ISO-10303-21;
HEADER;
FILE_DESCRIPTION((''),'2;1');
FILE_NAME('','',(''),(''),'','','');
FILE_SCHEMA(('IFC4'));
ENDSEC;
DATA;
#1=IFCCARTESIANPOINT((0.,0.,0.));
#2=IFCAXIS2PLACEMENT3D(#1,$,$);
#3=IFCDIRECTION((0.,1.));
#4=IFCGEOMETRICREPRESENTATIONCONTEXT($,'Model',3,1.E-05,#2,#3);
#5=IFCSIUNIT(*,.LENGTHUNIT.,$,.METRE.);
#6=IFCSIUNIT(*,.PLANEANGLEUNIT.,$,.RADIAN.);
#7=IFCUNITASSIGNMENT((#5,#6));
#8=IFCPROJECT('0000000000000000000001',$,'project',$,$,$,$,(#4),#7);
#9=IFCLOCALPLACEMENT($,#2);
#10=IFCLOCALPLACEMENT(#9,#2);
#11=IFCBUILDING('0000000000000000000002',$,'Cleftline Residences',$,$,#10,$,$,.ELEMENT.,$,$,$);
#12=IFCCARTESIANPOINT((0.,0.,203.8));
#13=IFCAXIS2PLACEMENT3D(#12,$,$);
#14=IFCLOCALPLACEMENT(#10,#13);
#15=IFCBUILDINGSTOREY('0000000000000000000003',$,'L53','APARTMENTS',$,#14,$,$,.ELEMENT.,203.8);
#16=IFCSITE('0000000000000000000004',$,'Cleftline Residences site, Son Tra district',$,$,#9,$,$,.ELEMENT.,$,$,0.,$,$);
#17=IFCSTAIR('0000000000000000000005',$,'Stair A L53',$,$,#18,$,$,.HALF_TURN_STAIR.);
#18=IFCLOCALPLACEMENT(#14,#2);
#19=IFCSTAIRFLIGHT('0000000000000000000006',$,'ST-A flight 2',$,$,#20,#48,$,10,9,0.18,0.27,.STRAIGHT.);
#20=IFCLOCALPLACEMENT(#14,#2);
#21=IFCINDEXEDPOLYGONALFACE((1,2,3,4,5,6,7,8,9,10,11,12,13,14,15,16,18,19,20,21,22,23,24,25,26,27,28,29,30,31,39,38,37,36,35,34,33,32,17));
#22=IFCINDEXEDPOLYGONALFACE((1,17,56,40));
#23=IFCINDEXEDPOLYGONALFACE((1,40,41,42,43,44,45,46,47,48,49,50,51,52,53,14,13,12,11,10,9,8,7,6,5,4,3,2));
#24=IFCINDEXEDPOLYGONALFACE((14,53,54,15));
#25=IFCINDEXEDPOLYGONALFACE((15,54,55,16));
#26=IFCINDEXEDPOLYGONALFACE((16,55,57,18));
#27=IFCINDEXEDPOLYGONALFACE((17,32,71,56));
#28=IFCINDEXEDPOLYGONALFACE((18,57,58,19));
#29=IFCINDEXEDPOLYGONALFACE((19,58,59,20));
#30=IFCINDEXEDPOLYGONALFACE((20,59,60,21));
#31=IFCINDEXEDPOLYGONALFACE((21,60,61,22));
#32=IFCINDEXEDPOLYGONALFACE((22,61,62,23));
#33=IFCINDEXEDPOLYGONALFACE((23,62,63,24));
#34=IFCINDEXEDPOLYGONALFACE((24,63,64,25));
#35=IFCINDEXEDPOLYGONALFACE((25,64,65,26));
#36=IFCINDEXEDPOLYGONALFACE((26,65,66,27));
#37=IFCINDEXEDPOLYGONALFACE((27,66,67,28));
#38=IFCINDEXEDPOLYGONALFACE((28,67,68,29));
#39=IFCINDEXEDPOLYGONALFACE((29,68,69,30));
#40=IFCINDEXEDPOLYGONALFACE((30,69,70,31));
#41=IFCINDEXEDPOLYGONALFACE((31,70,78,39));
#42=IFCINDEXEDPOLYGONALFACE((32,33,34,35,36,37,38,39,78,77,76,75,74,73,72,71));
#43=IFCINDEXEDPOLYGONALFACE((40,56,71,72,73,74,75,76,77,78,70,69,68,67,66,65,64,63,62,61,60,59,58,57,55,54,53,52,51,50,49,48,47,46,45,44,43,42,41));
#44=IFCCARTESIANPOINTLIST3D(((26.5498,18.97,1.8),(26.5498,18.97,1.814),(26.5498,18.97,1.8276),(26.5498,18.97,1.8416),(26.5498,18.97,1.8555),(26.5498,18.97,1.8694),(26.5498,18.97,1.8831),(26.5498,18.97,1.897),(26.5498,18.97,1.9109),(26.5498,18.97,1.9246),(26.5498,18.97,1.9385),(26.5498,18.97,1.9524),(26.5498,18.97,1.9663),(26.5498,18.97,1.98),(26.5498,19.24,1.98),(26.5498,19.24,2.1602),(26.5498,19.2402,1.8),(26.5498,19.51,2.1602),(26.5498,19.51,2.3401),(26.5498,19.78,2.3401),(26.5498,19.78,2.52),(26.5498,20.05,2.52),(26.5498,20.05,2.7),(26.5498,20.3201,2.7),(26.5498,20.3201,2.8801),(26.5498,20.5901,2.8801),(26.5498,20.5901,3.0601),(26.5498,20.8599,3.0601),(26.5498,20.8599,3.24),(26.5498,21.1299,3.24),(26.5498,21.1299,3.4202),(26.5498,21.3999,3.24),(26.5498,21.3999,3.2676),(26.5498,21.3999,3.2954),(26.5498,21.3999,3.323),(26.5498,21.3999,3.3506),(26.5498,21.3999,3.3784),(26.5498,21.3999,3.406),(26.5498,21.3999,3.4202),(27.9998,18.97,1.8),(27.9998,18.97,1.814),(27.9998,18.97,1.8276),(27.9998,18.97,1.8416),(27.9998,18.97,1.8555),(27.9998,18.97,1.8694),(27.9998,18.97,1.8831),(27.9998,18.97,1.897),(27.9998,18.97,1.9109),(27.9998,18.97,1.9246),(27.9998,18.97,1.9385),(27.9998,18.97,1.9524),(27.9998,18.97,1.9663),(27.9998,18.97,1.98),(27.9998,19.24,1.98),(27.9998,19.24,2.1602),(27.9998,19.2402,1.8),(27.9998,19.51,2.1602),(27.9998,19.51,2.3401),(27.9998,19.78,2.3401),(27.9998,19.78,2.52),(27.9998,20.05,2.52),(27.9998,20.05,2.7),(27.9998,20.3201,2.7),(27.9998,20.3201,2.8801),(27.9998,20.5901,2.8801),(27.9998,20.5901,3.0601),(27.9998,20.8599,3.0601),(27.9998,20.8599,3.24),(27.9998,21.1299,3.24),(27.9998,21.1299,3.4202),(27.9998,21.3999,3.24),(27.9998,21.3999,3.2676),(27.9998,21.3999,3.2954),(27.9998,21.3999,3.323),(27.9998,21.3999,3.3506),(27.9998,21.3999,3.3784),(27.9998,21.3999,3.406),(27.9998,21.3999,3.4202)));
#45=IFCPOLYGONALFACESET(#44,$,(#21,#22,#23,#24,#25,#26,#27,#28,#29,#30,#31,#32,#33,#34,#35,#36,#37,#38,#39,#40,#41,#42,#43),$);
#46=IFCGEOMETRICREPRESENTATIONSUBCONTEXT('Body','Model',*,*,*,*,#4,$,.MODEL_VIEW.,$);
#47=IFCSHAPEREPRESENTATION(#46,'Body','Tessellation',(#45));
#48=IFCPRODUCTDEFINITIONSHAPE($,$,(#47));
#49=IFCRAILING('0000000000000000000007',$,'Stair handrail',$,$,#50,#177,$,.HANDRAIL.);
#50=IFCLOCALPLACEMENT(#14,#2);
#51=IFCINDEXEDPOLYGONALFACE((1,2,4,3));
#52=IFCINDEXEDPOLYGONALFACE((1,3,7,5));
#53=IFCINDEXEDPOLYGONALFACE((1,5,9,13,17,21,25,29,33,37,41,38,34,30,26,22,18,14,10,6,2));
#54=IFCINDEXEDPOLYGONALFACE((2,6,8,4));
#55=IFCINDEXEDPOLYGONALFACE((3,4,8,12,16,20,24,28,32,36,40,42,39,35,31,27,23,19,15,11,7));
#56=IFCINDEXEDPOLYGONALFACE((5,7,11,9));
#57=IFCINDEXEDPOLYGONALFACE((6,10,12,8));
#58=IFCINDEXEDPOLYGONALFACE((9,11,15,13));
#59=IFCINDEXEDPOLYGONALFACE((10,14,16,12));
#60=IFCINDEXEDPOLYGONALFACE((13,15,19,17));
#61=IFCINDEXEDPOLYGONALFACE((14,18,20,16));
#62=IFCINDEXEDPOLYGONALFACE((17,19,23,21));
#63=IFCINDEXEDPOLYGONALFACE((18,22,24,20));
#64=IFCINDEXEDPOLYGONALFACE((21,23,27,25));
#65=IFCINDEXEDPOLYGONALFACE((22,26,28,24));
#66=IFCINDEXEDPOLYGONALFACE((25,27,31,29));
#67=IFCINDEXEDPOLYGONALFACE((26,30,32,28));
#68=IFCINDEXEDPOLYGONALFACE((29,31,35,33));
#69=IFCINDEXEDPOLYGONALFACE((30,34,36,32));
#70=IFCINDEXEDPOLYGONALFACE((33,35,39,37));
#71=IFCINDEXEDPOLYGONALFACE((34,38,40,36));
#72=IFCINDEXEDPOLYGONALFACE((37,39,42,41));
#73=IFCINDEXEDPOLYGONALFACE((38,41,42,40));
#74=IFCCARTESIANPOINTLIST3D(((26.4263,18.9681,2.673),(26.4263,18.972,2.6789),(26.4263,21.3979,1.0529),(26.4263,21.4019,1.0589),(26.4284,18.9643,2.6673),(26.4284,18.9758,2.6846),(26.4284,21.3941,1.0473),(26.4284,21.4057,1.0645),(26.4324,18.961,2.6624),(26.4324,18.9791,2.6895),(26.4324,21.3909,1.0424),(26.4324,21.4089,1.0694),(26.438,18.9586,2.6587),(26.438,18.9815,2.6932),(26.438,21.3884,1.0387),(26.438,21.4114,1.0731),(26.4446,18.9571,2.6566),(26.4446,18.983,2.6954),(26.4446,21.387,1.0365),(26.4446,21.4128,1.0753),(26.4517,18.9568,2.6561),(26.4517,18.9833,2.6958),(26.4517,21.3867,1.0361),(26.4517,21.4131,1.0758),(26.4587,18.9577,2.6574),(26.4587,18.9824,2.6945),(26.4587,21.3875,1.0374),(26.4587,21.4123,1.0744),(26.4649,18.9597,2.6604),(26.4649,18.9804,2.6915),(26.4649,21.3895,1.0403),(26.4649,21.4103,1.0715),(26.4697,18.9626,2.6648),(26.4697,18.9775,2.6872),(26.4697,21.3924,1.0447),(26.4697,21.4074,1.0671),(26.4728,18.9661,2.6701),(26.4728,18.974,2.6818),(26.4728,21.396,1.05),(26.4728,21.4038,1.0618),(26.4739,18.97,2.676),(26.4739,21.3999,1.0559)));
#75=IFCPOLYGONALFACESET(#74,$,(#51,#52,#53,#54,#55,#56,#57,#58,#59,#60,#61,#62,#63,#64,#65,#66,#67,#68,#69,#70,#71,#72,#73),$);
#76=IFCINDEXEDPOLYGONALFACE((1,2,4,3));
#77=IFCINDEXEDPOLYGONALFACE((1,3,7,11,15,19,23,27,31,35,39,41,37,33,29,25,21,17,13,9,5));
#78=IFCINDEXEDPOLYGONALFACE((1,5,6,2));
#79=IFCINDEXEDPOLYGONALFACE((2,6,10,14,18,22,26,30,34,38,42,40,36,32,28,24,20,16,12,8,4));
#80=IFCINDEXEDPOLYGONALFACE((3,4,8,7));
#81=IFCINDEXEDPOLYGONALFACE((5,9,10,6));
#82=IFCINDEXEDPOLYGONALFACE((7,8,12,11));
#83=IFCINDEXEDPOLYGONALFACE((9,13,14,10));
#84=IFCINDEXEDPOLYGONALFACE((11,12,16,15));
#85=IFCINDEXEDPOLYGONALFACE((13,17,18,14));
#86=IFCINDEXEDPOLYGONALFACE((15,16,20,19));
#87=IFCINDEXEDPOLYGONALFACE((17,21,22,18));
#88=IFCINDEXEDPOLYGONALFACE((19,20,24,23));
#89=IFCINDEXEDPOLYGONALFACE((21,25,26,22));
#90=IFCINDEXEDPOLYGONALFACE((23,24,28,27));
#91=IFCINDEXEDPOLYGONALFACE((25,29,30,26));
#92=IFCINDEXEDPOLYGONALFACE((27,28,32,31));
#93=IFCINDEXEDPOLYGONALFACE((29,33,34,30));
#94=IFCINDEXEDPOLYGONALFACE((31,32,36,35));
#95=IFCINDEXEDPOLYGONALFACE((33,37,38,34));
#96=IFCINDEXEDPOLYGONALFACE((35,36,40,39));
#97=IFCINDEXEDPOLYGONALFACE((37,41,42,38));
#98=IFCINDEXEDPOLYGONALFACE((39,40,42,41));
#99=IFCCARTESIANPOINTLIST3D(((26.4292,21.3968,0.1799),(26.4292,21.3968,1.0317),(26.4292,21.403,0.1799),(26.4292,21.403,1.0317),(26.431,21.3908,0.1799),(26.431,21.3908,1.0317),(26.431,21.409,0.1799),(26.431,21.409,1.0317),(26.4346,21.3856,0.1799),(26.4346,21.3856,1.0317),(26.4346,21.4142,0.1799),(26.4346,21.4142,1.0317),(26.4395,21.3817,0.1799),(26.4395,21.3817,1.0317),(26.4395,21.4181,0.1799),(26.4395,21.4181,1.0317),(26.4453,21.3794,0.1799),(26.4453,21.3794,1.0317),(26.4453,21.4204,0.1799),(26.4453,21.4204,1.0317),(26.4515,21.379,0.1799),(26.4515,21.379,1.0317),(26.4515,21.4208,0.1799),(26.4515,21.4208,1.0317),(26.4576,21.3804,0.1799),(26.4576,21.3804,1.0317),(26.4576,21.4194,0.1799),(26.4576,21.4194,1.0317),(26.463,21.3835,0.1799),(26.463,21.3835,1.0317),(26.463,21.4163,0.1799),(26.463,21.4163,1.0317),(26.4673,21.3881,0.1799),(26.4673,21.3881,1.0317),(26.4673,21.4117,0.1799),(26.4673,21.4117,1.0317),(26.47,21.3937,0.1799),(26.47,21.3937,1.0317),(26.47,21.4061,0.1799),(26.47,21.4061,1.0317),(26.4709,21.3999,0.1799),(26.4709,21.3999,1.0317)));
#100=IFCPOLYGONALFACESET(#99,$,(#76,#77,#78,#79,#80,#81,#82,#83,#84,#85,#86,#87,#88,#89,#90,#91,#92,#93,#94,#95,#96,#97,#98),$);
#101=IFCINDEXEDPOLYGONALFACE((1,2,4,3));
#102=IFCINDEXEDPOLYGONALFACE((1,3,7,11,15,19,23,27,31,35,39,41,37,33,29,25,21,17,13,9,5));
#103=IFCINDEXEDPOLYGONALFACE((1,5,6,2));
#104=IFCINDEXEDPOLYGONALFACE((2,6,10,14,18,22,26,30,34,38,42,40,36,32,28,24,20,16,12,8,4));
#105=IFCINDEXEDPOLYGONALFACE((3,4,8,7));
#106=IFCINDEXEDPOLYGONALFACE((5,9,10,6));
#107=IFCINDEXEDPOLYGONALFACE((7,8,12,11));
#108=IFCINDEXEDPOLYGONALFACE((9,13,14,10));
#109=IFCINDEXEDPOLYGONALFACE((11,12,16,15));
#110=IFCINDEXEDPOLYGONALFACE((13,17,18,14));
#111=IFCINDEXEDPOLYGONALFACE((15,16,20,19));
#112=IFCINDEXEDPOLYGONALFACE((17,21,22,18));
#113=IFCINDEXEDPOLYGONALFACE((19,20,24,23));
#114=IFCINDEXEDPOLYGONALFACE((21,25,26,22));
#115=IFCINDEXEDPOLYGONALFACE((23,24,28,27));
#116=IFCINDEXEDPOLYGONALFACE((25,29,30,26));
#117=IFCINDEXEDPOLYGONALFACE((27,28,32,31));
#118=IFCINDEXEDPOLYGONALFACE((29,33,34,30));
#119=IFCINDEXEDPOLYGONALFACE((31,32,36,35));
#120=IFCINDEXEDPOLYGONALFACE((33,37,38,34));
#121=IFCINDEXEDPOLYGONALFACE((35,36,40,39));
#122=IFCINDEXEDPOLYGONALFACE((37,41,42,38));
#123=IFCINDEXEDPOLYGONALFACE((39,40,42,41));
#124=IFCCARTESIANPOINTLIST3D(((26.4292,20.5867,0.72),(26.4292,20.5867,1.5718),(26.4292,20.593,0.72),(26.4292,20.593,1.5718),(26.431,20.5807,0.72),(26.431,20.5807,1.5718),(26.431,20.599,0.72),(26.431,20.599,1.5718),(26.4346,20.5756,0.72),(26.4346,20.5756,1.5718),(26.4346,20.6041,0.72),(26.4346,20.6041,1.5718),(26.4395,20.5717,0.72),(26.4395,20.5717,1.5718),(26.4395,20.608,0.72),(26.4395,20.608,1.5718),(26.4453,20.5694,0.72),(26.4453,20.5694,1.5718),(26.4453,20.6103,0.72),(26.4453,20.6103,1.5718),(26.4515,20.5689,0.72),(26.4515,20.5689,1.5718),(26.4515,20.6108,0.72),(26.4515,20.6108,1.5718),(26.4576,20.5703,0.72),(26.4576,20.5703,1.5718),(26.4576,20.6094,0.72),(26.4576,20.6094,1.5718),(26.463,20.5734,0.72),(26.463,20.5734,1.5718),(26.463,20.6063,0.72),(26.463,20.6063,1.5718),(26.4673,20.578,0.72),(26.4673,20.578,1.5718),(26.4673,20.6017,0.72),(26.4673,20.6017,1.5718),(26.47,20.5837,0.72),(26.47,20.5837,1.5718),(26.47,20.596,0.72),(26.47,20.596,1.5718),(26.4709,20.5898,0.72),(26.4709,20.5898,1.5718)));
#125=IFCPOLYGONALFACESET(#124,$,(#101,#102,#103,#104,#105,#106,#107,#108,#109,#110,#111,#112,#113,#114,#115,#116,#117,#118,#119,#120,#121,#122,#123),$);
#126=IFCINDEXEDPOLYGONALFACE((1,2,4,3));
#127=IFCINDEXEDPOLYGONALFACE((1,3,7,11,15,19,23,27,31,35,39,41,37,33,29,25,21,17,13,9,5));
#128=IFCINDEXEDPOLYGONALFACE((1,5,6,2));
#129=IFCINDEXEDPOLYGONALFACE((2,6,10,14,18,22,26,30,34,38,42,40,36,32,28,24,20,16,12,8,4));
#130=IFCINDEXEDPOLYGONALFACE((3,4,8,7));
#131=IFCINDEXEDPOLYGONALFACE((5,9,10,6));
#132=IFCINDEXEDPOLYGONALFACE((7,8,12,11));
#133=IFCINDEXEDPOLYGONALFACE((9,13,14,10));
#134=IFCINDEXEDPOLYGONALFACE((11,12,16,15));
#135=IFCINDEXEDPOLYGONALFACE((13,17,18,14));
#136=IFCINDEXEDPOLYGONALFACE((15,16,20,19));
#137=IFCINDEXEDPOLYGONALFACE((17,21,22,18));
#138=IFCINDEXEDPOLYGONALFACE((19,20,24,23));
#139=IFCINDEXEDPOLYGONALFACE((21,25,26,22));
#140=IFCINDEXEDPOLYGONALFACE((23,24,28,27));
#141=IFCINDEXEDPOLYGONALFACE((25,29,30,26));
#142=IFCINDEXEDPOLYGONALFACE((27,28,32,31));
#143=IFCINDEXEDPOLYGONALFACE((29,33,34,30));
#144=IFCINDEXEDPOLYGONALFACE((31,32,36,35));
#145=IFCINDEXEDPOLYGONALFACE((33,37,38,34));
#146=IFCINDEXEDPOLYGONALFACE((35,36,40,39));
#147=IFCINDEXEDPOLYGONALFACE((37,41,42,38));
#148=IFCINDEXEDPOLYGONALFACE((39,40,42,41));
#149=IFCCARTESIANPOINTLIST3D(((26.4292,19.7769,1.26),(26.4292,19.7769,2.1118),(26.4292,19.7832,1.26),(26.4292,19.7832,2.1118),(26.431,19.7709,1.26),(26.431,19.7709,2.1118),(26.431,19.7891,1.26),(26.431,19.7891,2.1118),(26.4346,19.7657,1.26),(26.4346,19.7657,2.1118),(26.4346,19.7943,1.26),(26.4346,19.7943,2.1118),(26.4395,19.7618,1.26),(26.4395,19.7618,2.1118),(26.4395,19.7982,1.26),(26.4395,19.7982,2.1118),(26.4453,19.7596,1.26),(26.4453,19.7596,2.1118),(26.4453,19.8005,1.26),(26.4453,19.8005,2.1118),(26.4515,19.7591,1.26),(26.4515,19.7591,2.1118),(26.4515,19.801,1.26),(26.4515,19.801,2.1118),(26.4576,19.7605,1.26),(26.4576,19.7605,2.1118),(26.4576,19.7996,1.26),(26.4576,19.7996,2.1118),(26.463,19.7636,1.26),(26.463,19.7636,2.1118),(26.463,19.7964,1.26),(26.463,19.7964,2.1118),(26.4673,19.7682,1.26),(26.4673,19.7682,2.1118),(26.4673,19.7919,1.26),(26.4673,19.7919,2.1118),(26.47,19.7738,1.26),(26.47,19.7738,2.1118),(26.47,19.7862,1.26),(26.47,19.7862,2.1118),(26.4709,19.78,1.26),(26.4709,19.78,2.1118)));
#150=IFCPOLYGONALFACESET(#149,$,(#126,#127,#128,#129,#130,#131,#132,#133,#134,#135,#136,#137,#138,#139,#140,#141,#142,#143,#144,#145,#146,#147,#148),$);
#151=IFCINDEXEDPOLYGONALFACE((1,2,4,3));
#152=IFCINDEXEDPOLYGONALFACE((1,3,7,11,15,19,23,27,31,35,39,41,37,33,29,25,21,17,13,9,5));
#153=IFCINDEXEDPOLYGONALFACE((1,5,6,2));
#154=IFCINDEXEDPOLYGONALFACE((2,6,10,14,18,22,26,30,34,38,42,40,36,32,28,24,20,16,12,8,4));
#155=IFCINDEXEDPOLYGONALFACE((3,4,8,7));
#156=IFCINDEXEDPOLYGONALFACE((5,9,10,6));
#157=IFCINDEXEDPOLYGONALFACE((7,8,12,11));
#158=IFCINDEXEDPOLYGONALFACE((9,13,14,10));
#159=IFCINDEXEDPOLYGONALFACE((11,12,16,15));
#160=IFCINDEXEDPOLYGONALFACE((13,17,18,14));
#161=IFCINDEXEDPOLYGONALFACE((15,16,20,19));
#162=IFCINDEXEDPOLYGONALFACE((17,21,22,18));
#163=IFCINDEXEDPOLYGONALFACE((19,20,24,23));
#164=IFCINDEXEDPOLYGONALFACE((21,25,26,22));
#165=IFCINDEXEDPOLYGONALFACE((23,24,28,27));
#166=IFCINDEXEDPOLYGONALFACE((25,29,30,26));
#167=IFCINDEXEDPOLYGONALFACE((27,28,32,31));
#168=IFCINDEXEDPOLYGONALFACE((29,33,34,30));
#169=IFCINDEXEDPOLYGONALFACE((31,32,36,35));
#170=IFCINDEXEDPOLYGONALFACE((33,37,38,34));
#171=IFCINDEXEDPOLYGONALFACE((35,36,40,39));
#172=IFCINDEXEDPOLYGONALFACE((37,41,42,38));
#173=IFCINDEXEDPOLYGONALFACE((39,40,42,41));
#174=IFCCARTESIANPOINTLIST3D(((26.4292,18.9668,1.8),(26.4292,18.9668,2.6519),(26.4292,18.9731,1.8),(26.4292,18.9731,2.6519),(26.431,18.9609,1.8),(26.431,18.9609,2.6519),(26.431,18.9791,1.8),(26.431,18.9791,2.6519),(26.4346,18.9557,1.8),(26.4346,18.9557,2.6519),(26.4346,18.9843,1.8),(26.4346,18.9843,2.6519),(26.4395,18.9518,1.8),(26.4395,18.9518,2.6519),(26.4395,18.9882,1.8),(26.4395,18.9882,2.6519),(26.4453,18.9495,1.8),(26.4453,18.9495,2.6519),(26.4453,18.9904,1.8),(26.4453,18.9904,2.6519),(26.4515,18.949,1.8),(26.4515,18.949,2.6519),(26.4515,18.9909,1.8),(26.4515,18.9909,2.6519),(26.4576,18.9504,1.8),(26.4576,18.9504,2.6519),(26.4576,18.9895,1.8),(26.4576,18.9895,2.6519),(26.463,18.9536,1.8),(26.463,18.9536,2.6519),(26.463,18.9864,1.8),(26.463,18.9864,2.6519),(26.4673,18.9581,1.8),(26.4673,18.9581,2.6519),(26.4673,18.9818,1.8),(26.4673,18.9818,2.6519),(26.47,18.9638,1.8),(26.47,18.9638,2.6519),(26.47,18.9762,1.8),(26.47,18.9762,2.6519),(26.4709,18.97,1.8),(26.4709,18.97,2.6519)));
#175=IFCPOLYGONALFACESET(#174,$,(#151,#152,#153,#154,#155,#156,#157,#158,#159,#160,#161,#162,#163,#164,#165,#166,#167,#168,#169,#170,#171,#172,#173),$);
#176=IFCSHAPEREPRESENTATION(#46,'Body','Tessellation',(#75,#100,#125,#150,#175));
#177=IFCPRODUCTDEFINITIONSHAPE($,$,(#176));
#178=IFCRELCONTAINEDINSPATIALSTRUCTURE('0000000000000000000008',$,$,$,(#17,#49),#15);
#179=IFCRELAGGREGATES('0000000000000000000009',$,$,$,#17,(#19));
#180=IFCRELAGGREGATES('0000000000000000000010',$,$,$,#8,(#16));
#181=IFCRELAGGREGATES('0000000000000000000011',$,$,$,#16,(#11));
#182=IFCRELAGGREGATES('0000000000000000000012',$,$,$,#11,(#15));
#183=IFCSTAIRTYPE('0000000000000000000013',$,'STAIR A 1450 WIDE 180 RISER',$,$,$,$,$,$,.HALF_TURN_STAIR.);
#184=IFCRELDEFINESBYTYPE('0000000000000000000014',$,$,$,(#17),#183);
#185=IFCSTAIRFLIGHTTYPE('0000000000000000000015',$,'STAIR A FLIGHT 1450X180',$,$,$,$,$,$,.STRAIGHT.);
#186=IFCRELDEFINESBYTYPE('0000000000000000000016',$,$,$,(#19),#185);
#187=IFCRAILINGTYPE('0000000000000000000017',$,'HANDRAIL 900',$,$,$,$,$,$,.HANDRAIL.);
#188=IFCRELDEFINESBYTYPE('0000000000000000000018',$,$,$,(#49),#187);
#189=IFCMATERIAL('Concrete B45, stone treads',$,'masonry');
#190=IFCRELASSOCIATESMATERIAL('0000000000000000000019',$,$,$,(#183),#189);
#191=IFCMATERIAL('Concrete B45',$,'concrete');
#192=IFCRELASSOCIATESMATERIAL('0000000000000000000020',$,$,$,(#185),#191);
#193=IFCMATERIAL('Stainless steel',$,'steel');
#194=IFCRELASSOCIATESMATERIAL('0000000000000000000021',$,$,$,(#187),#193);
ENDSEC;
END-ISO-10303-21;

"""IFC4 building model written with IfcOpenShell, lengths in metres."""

from ifc_helpers import new_model, si_unit, direction, frame, origin, origin_2d, place, context, subcontext, project, spatial, polyline, circle, outline, extrude, material, type_object, element, aggregate, save


model = new_model("IFC4")

# Units and contexts
model_context = context("Model", 3, precision=1e-05, world=origin(), true_north=direction((0.0, 1.0)))
body_context = subcontext(model_context, "Body", "Model", "MODEL_VIEW")
ifc_project = project(units=[si_unit("LENGTHUNIT", "METRE"), si_unit("PLANEANGLEUNIT", "RADIAN")], contexts=[model_context])

# Site, building, storey
site_placement = place(None, origin())
site = spatial("IfcSite", under=ifc_project, at=site_placement, Name="Cleftline Residences site, Son Tra district", CompositionType="ELEMENT", RefElevation=0.0)
building_placement = place(site_placement, origin())
building = spatial("IfcBuilding", under=site, at=building_placement, Name="Cleftline Residences", CompositionType="ELEMENT")
storey_placement = place(building_placement, frame((0.0, 0.0, 203.8)))
storey = spatial("IfcBuildingStorey", under=building, at=storey_placement, Name="L53", Description="APARTMENTS", CompositionType="ELEMENT", Elevation=203.8)

# Stair, stair flight
ifc_material_1 = material(Name="Concrete B45, stone treads", Category="masonry")
stair_type = type_object("IfcStairType", Name="STAIR A 1450 WIDE 180 RISER", PredefinedType="HALF_TURN_STAIR", material=ifc_material_1)
stair_placement = place(storey_placement, origin())
stair = element("IfcStair", 1, at=stair_placement, inside=storey, type_object=stair_type, Name="Stair A L53", PredefinedType="HALF_TURN_STAIR")
ifc_material_2 = material(Name="Concrete B45", Category="concrete")
stair_flight_type = type_object("IfcStairFlightType", Name="STAIR A FLIGHT 1450X180", PredefinedType="STRAIGHT", material=ifc_material_2)
stair_flight_1_placement = place(storey_placement, frame((27.2749, 18.97, 1.8), z_axis=(0.0, 0.0, 1.0), x_axis=(0.0, 1.0, 0.0)))
stair_flight_1 = element("IfcStairFlight", 2, at=stair_flight_1_placement, type_object=stair_flight_type, Name="ST-A flight 2", NumberOfRisers=10, NumberOfTreads=9, PredefinedType="STRAIGHT", RiserHeight=0.18, TreadLength=0.27, context=body_context, shape_type="SweptSolid", body=[
    extrude(outline(polyline([(0.0, 0.0), (0.0, 0.0139), (0.0, 0.0276), (0.0, 0.0415), (0.0, 0.0554), (0.0, 0.0693), (0.0, 0.083), (0.0, 0.0969), (0.0, 0.1108), (0.0, 0.1245), (0.0, 0.1384), (0.0, 0.1523), (0.0, 0.1663), (0.0, 0.1799), (0.27, 0.1799), (0.27, 0.3601), (0.54, 0.3601), (0.54, 0.54), (0.8101, 0.54), (0.8101, 0.72), (1.0801, 0.72), (1.0801, 0.8999), (1.3501, 0.8999), (1.3501, 1.0801), (1.6201, 1.0801), (1.6201, 1.26), (1.8899, 1.26), (1.8899, 1.4399), (2.1599, 1.4399), (2.1599, 1.6201), (2.4299, 1.6201), (2.4299, 1.8), (2.4299, 1.7722), (2.4299, 1.7446), (2.4299, 1.7168), (2.4299, 1.6892), (2.4299, 1.6614), (2.4299, 1.6338), (2.4299, 1.606), (2.4299, 1.5784), (2.4299, 1.5505), (2.4299, 1.5229), (2.4299, 1.4954), (2.4299, 1.4675), (2.4299, 1.4399), (0.2703, 0.0), (0.0, 0.0)])), frame((0.0, 0.7251, 0.0), z_axis=(0.0, -1.0, 0.0), x_axis=(1.0, 0.0, 0.0)), (0.0, 0.0, 1.0), 1.45),
])
aggregate(stair, [stair_flight_1])

# Railing
ifc_material_3 = material(Name="Stainless steel", Category="steel")
railing_type = type_object("IfcRailingType", Name="HANDRAIL 900", PredefinedType="HANDRAIL", material=ifc_material_3)
railing_1_placement = place(storey_placement, frame((26.45, 21.3999, 0.1799)))
element("IfcRailing", 3, at=railing_1_placement, inside=storey, type_object=railing_type, Name="Stair handrail", PredefinedType="HANDRAIL", context=body_context, shape_type="SweptSolid", body=[
    extrude(circle(Radius=0.0239, at=origin_2d()), frame((0.0, 0.0, 0.876), z_axis=(0.0, -0.832025, 0.554739), x_axis=(1.0, 0.0, 0.0)), (0.0, 0.0, 1.0), 2.9204),
    extrude(circle(Radius=0.021, at=origin_2d()), origin(), (0.0, 0.0, 1.0), 0.8518),
    extrude(circle(Radius=0.021, at=origin_2d()), frame((0.0, -0.8101, 0.54)), (0.0, 0.0, 1.0), 0.8518),
    extrude(circle(Radius=0.021, at=origin_2d()), frame((0.0, -1.6199, 1.0801)), (0.0, 0.0, 1.0), 0.8518),
    extrude(circle(Radius=0.021, at=origin_2d()), frame((0.0, -2.4299, 1.6201)), (0.0, 0.0, 1.0), 0.8518),
])

save(model, "model.ifc")
